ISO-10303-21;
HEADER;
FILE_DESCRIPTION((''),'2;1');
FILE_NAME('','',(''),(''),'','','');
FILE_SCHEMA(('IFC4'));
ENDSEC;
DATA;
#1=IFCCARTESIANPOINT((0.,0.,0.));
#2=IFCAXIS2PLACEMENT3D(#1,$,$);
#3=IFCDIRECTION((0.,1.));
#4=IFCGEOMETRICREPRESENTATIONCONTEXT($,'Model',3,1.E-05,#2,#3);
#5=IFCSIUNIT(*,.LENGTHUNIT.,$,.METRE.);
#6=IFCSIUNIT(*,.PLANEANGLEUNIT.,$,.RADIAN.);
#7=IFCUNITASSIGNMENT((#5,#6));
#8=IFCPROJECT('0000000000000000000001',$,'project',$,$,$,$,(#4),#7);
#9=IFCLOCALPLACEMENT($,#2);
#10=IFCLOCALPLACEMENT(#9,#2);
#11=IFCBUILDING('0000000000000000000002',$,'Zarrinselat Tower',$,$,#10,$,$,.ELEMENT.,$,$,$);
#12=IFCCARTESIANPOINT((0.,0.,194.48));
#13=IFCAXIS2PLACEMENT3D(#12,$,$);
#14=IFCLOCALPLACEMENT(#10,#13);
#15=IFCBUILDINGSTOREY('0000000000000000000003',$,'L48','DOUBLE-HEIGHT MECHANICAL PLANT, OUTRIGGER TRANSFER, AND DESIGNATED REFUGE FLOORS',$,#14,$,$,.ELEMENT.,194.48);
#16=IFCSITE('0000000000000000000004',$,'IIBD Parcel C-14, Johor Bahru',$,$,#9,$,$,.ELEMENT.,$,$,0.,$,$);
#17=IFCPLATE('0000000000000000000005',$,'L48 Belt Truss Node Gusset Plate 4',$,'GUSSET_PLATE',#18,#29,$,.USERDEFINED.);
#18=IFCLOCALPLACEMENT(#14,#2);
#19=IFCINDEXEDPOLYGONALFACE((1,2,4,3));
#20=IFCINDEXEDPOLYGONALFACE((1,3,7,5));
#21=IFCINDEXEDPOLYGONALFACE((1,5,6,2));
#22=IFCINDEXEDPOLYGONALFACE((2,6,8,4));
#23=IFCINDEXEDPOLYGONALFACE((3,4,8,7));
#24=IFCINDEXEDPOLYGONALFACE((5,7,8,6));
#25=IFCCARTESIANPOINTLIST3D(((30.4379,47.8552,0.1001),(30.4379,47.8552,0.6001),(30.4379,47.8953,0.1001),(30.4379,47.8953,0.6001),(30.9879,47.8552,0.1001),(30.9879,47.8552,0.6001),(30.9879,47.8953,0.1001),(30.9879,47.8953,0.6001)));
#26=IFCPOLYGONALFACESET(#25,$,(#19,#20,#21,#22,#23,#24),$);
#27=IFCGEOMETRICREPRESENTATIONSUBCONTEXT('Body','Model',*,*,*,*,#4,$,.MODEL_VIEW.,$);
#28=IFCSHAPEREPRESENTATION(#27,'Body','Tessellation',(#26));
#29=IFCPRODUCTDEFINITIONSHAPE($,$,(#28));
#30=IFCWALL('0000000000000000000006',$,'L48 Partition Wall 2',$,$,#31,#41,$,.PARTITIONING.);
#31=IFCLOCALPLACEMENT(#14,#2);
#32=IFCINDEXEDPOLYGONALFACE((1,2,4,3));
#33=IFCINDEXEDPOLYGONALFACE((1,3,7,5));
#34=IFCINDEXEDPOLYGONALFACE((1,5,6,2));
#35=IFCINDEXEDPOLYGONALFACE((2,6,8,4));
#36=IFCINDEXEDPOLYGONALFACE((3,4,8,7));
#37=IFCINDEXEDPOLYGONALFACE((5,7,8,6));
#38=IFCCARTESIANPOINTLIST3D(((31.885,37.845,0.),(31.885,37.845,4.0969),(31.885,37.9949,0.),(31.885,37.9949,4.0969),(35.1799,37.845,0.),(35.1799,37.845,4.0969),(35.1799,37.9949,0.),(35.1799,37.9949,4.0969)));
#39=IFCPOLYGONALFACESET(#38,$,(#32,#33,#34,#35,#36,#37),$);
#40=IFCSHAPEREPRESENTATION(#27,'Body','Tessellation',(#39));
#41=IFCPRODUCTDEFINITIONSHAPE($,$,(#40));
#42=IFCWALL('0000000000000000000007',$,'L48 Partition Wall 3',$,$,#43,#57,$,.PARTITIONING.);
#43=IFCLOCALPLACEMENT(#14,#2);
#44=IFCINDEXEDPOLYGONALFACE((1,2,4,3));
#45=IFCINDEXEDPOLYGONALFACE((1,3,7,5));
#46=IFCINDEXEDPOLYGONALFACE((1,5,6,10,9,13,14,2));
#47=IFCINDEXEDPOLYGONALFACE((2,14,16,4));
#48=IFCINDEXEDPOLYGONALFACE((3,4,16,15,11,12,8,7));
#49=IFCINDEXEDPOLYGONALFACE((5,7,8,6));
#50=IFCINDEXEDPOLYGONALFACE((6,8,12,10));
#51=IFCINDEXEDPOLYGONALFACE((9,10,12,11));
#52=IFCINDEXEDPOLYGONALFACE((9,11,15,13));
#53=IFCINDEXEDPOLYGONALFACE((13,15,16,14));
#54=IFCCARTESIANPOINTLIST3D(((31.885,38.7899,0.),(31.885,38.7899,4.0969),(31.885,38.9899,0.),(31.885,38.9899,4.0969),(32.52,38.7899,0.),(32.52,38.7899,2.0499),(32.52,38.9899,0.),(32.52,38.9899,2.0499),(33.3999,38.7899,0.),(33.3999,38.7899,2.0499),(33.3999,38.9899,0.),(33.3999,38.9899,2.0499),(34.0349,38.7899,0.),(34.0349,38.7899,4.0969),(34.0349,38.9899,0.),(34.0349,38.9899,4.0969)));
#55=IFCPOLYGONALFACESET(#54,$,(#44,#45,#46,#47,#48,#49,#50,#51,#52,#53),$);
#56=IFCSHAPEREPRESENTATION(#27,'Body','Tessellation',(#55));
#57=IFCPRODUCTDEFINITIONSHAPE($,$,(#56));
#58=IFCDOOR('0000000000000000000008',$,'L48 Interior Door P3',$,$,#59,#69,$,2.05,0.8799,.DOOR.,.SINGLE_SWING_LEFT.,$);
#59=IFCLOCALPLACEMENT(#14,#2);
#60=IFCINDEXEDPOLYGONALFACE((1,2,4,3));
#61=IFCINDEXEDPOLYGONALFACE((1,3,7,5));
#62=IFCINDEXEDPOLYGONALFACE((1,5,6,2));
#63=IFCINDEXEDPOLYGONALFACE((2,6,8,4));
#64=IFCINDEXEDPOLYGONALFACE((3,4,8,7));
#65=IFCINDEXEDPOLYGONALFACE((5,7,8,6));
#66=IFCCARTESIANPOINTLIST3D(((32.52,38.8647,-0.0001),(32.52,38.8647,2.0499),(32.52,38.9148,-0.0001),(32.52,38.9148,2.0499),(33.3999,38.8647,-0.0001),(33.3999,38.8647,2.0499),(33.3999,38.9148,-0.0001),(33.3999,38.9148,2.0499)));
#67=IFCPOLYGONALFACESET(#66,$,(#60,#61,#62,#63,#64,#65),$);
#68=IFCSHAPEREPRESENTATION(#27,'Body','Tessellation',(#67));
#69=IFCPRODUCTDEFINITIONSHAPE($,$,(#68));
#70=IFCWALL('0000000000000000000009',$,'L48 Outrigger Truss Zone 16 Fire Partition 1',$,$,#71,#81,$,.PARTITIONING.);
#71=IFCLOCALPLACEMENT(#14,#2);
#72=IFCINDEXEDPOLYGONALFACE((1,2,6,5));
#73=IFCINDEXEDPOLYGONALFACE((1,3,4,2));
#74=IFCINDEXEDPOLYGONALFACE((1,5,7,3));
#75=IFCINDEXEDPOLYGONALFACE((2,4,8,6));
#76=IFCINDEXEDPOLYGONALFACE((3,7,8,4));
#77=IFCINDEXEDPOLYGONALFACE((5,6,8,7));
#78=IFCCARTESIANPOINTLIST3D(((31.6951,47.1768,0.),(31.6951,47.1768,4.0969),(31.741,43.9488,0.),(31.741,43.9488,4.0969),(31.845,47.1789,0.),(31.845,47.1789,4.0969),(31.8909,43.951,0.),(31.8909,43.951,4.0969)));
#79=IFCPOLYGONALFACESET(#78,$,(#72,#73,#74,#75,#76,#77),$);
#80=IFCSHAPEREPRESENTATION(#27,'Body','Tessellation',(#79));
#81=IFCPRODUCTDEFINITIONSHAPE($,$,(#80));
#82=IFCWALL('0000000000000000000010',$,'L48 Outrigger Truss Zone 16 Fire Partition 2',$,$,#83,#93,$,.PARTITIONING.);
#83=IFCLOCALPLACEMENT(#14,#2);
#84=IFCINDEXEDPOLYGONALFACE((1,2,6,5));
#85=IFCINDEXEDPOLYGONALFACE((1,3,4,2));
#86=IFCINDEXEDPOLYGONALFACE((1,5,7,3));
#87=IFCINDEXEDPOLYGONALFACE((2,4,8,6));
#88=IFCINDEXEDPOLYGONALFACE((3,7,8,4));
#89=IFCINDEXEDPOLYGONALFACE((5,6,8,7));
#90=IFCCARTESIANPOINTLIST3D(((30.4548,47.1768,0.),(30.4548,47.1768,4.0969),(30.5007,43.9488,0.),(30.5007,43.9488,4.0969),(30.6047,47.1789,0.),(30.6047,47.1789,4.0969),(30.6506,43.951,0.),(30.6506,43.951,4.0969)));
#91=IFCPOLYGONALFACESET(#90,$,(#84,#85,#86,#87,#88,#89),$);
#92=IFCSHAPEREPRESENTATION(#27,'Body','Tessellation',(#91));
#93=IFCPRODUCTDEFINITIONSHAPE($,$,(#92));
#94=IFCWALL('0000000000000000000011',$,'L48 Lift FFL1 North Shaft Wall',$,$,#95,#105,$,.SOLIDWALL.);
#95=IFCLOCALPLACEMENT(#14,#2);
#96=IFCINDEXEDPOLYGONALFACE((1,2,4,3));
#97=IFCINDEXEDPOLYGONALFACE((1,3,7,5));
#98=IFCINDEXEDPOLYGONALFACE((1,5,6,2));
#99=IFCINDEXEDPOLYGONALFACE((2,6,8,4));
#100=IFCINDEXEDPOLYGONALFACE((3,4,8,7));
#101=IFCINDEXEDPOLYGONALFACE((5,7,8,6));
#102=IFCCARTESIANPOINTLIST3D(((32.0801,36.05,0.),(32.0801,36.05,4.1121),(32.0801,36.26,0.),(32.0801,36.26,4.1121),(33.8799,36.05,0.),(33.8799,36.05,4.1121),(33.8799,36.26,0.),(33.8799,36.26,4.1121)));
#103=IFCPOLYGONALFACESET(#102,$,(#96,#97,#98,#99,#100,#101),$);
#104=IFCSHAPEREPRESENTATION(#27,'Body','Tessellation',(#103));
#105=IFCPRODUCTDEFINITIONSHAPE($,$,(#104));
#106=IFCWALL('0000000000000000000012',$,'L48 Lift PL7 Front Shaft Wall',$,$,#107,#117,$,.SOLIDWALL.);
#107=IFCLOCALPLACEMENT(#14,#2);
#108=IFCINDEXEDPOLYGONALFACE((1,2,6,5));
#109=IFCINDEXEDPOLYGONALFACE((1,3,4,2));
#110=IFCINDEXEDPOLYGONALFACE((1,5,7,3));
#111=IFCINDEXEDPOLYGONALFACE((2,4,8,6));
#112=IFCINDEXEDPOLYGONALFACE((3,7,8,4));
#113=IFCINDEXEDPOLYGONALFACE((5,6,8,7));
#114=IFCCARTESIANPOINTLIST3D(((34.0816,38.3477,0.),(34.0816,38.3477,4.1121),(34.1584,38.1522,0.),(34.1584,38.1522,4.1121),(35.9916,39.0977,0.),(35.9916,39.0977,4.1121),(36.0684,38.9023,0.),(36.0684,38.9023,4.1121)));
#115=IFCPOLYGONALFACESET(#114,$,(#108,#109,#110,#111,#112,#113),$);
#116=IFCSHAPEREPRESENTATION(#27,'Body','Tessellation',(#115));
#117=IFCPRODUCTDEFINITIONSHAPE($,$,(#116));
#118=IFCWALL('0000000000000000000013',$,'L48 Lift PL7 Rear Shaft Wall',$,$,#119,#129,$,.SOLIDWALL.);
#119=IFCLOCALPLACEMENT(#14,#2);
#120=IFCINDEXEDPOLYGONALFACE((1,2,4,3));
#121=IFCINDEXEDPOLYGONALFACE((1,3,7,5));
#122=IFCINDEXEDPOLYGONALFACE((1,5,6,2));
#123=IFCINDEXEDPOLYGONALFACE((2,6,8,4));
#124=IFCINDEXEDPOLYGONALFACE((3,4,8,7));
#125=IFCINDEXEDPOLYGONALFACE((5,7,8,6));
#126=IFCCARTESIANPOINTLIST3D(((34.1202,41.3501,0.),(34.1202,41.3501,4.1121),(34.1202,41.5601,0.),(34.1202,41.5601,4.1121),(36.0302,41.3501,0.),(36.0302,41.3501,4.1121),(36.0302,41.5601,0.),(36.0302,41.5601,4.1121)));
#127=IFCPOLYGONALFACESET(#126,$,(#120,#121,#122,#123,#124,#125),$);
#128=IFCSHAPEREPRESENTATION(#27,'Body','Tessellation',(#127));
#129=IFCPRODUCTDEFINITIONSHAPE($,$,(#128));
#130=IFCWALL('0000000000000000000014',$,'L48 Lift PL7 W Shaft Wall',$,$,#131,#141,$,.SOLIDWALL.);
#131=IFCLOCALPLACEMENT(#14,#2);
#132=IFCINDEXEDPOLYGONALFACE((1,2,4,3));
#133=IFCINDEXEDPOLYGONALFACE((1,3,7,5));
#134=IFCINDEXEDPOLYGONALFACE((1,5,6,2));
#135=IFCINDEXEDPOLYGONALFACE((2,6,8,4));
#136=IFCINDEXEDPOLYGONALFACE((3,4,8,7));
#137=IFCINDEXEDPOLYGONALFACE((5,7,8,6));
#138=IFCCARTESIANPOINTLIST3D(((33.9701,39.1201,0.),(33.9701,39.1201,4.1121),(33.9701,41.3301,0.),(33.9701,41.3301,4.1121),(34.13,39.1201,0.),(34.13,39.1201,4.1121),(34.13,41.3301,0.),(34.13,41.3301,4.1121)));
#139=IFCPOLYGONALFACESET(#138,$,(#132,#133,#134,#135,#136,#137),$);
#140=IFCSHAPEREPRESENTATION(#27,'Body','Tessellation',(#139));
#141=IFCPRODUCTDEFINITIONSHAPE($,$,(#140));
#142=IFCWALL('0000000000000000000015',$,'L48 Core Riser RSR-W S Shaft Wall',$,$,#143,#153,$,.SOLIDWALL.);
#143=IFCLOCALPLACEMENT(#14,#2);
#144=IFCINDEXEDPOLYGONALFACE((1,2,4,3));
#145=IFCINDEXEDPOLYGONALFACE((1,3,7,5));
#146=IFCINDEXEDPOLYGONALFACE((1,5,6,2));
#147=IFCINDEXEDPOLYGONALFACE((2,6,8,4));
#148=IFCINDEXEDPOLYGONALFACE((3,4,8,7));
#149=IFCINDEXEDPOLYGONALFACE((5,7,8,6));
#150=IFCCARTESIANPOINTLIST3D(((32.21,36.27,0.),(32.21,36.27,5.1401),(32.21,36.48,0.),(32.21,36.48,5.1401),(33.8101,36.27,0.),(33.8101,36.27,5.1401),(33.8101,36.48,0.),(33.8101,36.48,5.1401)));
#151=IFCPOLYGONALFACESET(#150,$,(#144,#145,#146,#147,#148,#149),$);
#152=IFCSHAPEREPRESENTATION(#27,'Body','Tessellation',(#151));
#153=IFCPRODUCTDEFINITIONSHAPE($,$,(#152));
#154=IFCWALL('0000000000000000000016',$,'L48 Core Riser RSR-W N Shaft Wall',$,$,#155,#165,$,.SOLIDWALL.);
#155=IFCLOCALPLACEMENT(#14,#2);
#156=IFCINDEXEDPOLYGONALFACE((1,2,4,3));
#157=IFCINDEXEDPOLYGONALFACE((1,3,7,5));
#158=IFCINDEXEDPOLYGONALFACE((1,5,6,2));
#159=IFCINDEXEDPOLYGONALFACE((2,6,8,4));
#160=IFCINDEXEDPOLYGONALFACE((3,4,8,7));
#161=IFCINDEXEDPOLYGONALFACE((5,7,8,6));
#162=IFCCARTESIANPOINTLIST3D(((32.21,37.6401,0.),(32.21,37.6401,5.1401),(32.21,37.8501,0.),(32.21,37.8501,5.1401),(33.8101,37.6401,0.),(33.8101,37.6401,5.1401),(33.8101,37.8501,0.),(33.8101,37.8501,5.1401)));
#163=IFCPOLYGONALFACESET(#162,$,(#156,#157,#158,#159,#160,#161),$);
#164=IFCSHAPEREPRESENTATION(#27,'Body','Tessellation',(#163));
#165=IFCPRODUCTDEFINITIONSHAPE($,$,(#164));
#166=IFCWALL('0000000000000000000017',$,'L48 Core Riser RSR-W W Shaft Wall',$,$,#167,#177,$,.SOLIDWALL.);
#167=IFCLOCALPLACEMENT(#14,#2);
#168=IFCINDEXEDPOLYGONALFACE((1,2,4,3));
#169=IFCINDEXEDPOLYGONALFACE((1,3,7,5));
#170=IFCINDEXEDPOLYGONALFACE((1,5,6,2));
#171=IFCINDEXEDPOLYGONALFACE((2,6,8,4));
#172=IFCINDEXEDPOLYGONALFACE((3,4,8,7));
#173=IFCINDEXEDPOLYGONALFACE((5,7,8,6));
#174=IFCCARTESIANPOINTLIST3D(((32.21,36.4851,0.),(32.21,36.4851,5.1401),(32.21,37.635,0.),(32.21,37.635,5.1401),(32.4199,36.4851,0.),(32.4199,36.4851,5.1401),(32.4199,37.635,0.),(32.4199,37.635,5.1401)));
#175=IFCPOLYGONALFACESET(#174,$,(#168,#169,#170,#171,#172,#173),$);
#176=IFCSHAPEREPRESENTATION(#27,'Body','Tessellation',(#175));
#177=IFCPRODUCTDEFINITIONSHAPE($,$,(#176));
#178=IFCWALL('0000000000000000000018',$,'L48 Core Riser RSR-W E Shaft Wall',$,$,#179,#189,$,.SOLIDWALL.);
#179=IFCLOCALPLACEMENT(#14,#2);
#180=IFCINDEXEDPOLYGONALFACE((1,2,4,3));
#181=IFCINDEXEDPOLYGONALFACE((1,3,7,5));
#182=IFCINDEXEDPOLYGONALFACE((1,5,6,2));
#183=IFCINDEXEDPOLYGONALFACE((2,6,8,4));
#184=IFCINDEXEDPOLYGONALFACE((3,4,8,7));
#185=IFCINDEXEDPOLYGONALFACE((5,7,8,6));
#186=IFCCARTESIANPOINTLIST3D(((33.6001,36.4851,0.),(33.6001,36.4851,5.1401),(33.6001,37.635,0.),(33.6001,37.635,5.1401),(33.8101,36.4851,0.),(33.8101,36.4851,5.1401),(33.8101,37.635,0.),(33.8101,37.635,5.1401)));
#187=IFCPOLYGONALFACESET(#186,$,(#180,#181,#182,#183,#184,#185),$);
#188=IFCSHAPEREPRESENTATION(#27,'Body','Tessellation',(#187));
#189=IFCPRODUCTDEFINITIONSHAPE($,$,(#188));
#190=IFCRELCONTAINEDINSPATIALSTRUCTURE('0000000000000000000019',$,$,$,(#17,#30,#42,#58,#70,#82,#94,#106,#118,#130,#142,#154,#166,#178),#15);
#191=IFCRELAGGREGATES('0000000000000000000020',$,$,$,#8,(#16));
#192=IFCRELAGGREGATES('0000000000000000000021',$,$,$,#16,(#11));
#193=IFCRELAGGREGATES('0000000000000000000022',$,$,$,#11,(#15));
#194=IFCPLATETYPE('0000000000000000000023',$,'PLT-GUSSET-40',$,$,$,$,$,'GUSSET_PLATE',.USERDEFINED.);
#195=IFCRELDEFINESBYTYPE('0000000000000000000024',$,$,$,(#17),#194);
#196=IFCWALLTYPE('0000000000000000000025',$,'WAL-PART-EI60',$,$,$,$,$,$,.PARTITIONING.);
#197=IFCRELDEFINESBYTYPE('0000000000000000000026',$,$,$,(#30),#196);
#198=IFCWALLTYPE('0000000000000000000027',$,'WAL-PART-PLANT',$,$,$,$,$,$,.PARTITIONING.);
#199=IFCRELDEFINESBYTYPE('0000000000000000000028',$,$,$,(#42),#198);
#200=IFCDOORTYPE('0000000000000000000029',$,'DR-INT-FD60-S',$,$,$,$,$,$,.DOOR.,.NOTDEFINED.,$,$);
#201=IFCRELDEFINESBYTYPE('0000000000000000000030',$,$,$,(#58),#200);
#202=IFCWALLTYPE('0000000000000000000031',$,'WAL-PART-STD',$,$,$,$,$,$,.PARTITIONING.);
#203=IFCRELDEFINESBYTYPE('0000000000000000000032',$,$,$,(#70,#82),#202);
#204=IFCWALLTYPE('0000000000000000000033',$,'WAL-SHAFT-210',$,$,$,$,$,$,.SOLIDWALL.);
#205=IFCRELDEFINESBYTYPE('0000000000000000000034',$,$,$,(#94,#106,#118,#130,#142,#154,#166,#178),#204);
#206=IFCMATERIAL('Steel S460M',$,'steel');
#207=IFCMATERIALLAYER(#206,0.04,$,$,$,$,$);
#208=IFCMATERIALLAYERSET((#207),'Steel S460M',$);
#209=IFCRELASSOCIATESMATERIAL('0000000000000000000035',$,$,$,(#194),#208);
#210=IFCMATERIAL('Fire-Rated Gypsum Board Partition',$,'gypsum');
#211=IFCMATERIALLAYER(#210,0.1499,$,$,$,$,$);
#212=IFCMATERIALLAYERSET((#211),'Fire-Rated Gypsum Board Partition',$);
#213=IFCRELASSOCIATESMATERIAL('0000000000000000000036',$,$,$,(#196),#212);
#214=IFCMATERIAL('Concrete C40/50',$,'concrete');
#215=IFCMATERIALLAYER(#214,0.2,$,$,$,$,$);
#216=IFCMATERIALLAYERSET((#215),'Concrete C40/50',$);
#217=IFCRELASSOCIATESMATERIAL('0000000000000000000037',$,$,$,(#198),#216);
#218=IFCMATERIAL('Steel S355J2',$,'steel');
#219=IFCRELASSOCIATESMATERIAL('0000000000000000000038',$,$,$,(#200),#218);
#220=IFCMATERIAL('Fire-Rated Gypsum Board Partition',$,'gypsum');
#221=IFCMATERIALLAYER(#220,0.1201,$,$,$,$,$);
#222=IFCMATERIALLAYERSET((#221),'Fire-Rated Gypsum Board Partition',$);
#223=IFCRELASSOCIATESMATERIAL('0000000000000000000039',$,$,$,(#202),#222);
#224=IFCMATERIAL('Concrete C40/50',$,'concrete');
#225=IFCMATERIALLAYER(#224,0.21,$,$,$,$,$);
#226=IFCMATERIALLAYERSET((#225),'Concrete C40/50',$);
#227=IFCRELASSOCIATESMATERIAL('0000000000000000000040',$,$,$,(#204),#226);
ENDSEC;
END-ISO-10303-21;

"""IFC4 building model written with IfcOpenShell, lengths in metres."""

from ifc_helpers import new_model, si_unit, direction, frame, frame_2d, origin, origin_2d, place, context, subcontext, project, spatial, rectangle, extrude, material, layer, layer_set, type_object, element, fill, save


model = new_model("IFC4")

# Units and contexts
model_context = context("Model", 3, precision=1e-05, world=origin(), true_north=direction((0.0, 1.0)))
body_context = subcontext(model_context, "Body", "Model", "MODEL_VIEW")
ifc_project = project(units=[si_unit("LENGTHUNIT", "METRE"), si_unit("PLANEANGLEUNIT", "RADIAN")], contexts=[model_context])

# Site, building, storey
site_placement = place(None, origin())
site = spatial("IfcSite", under=ifc_project, at=site_placement, Name="IIBD Parcel C-14, Johor Bahru", CompositionType="ELEMENT", RefElevation=0.0)
building_placement = place(site_placement, origin())
building = spatial("IfcBuilding", under=site, at=building_placement, Name="Zarrinselat Tower", CompositionType="ELEMENT")
storey_placement = place(building_placement, frame((0.0, 0.0, 194.48)))
storey = spatial("IfcBuildingStorey", under=building, at=storey_placement, Name="L48", Description="DOUBLE-HEIGHT MECHANICAL PLANT, OUTRIGGER TRANSFER, AND DESIGNATED REFUGE FLOORS", CompositionType="ELEMENT", Elevation=194.48)

# Plate
ifc_material_1 = material(Name="Steel S460M", Category="steel")
ifc_layer_1 = layer(ifc_material_1, 0.04)
ifc_layer_set_1 = layer_set([ifc_layer_1], Name="Steel S460M")
plate_type = type_object("IfcPlateType", Name="PLT-GUSSET-40", ElementType="GUSSET_PLATE", PredefinedType="USERDEFINED", material=ifc_layer_set_1)
plate_placement = place(storey_placement, frame((30.7129, 47.8752, 0.1001), z_axis=(0.0, 0.0, 1.0), x_axis=(-1.0, 0.0, 0.0)))
element("IfcPlate", 1, at=plate_placement, inside=storey, type_object=plate_type, Name="L48 Belt Truss Node Gusset Plate 4", ObjectType="GUSSET_PLATE", PredefinedType="USERDEFINED", context=body_context, shape_type="SweptSolid", body=[
    extrude(rectangle(XDim=0.55, YDim=0.04, at=origin_2d()), origin(), (0.0, 0.0, 1.0), 0.5),
])

# Wall
ifc_material_2 = material(Name="Fire-Rated Gypsum Board Partition", Category="gypsum")
ifc_layer_2 = layer(ifc_material_2, 0.1499)
ifc_layer_set_2 = layer_set([ifc_layer_2], Name="Fire-Rated Gypsum Board Partition")
wall_type_1 = type_object("IfcWallType", Name="WAL-PART-EI60", PredefinedType="PARTITIONING", material=ifc_layer_set_2)
wall_1_placement = place(storey_placement, frame((31.885, 37.9199, 0.0), z_axis=(0.0, 0.0, 1.0), x_axis=(1.0, 0.0, 0.0)))
element("IfcWall", 2, at=wall_1_placement, inside=storey, type_object=wall_type_1, Name="L48 Partition Wall 2", PredefinedType="PARTITIONING", context=body_context, shape_type="SweptSolid", body=[
    extrude(rectangle(XDim=3.2949, YDim=0.1499, at=frame_2d((1.6475, 0.0))), origin(), (0.0, 0.0, 1.0), 4.0969),
])

# Wall, opening, door
ifc_material_3 = material(Name="Concrete C40/50", Category="concrete")
ifc_layer_3 = layer(ifc_material_3, 0.2)
ifc_layer_set_3 = layer_set([ifc_layer_3], Name="Concrete C40/50")
wall_type_2 = type_object("IfcWallType", Name="WAL-PART-PLANT", PredefinedType="PARTITIONING", material=ifc_layer_set_3)
wall_2_placement = place(storey_placement, frame((31.885, 38.8899, 0.0), z_axis=(0.0, 0.0, 1.0), x_axis=(1.0, 0.0, 0.0)))
wall_2 = element("IfcWall", 3, at=wall_2_placement, inside=storey, type_object=wall_type_2, Name="L48 Partition Wall 3", PredefinedType="PARTITIONING", context=body_context, shape_type="SweptSolid", body=[
    extrude(rectangle(XDim=2.1499, YDim=0.2, at=frame_2d((1.075, 0.0))), origin(), (0.0, 0.0, 1.0), 4.0969),
])
opening_placement = place(wall_2_placement, frame((0.635, 0.0, 0.0)))
opening = element("IfcOpeningElement", 4, at=opening_placement, cuts=wall_2, PredefinedType="OPENING", context=body_context, shape_type="SweptSolid", body=[
    extrude(rectangle(XDim=0.8799, YDim=2.05, at=frame_2d((0.4399, 1.0249))), frame((0.0, 0.1099, 0.0), z_axis=(0.0, -1.0, 0.0), x_axis=(1.0, 0.0, 0.0)), (0.0, 0.0, 1.0), 0.22),
])
ifc_material_4 = material(Name="Steel S355J2", Category="steel")
door_type = type_object("IfcDoorType", Name="DR-INT-FD60-S", OperationType="NOTDEFINED", PredefinedType="DOOR", material=ifc_material_4)
door_placement = place(opening_placement, origin())
door = element("IfcDoor", 5, at=door_placement, inside=storey, type_object=door_type, Name="L48 Interior Door P3", OperationType="SINGLE_SWING_LEFT", OverallHeight=2.05, OverallWidth=0.8799, PredefinedType="DOOR", context=body_context, shape_type="SweptSolid", body=[
    extrude(rectangle(XDim=0.8799, YDim=2.05, at=frame_2d((0.4399, 1.0249))), frame((0.0, 0.0249, 0.0), z_axis=(0.0, -1.0, 0.0), x_axis=(1.0, 0.0, 0.0)), (0.0, 0.0, 1.0), 0.05),
])
fill(opening, door)

# Walls
ifc_material_5 = material(Name="Fire-Rated Gypsum Board Partition", Category="gypsum")
ifc_layer_4 = layer(ifc_material_5, 0.1201)
ifc_layer_set_4 = layer_set([ifc_layer_4], Name="Fire-Rated Gypsum Board Partition")
wall_type_3 = type_object("IfcWallType", Name="WAL-PART-STD", PredefinedType="PARTITIONING", material=ifc_layer_set_4)
for number, where, z_axis, x_axis, name in (
    (6, (31.77, 47.178, 0.0), (0.0, 0.0, 1.0), (0.014217, -0.999899, 0.0), "L48 Outrigger Truss Zone 16 Fire Partition 1"),
    (7, (30.5298, 47.178, 0.0), (0.0, 0.0, 1.0), (0.014217, -0.999899, 0.0), "L48 Outrigger Truss Zone 16 Fire Partition 2"),
):
    element("IfcWall", number, at=place(storey_placement, frame(where, z_axis=z_axis, x_axis=x_axis)), inside=storey, type_object=wall_type_3, Name=name, PredefinedType="PARTITIONING", context=body_context, shape_type="SweptSolid", body=[
        extrude(rectangle(XDim=3.2283, YDim=0.1499, at=frame_2d((1.6143, 0.0))), origin(), (0.0, 0.0, 1.0), 4.0969),
    ])
ifc_material_6 = material(Name="Concrete C40/50", Category="concrete")
ifc_layer_5 = layer(ifc_material_6, 0.21)
ifc_layer_set_5 = layer_set([ifc_layer_5], Name="Concrete C40/50")
wall_type_4 = type_object("IfcWallType", Name="WAL-SHAFT-210", PredefinedType="SOLIDWALL", material=ifc_layer_set_5)
wall_3_placement = place(storey_placement, frame((32.0801, 36.155, 0.0), z_axis=(0.0, 0.0, 1.0), x_axis=(1.0, 0.0, 0.0)))
element("IfcWall", 8, at=wall_3_placement, inside=storey, type_object=wall_type_4, Name="L48 Lift FFL1 North Shaft Wall", PredefinedType="SOLIDWALL", context=body_context, shape_type="SweptSolid", body=[
    extrude(rectangle(XDim=1.7998, YDim=0.21, at=frame_2d((0.8999, 0.0))), origin(), (0.0, 0.0, 1.0), 4.1121),
])
wall_4_placement = place(storey_placement, frame((34.1201, 38.25, 0.0), z_axis=(0.0, 0.0, 1.0), x_axis=(0.930805, 0.365516, 0.0)))
element("IfcWall", 9, at=wall_4_placement, inside=storey, type_object=wall_type_4, Name="L48 Lift PL7 Front Shaft Wall", PredefinedType="SOLIDWALL", context=body_context, shape_type="SweptSolid", body=[
    extrude(rectangle(XDim=2.052, YDim=0.21, at=frame_2d((1.0259, 0.0))), origin(), (0.0, 0.0, 1.0), 4.1121),
])
wall_5_placement = place(storey_placement, frame((34.1201, 41.4551, 0.0), z_axis=(0.0, 0.0, 1.0), x_axis=(1.0, 0.0, 0.0)))
element("IfcWall", 10, at=wall_5_placement, inside=storey, type_object=wall_type_4, Name="L48 Lift PL7 Rear Shaft Wall", PredefinedType="SOLIDWALL", context=body_context, shape_type="SweptSolid", body=[
    extrude(rectangle(XDim=1.9099, YDim=0.21, at=frame_2d((0.9551, 0.0))), origin(), (0.0, 0.0, 1.0), 4.1121),
])
wall_6_placement = place(storey_placement, frame((34.05, 39.1201, 0.0), z_axis=(0.0, 0.0, 1.0), x_axis=(0.0, 1.0, 0.0)))
element("IfcWall", 11, at=wall_6_placement, inside=storey, type_object=wall_type_4, Name="L48 Lift PL7 W Shaft Wall", PredefinedType="SOLIDWALL", context=body_context, shape_type="SweptSolid", body=[
    extrude(rectangle(XDim=2.21, YDim=0.1599, at=frame_2d((1.105, 0.0))), origin(), (0.0, 0.0, 1.0), 4.1121),
])
for number, where, z_axis, x_axis, name in (
    (12, (32.21, 36.375, 0.0), (0.0, 0.0, 1.0), (1.0, 0.0, 0.0), "L48 Core Riser RSR-W S Shaft Wall"),
    (13, (32.21, 37.7451, 0.0), (0.0, 0.0, 1.0), (1.0, 0.0, 0.0), "L48 Core Riser RSR-W N Shaft Wall"),
):
    element("IfcWall", number, at=place(storey_placement, frame(where, z_axis=z_axis, x_axis=x_axis)), inside=storey, type_object=wall_type_4, Name=name, PredefinedType="SOLIDWALL", context=body_context, shape_type="SweptSolid", body=[
        extrude(rectangle(XDim=1.6001, YDim=0.21, at=frame_2d((0.8, 0.0))), origin(), (0.0, 0.0, 1.0), 5.1401),
    ])
for number, where, z_axis, x_axis, name in (
    (14, (32.3149, 36.4851, 0.0), (0.0, 0.0, 1.0), (0.0, 1.0, 0.0), "L48 Core Riser RSR-W W Shaft Wall"),
    (15, (33.7051, 36.4851, 0.0), (0.0, 0.0, 1.0), (0.0, 1.0, 0.0), "L48 Core Riser RSR-W E Shaft Wall"),
):
    element("IfcWall", number, at=place(storey_placement, frame(where, z_axis=z_axis, x_axis=x_axis)), inside=storey, type_object=wall_type_4, Name=name, PredefinedType="SOLIDWALL", context=body_context, shape_type="SweptSolid", body=[
        extrude(rectangle(XDim=1.1499, YDim=0.21, at=frame_2d((0.575, 0.0))), origin(), (0.0, 0.0, 1.0), 5.1401),
    ])

save(model, "model.ifc")
